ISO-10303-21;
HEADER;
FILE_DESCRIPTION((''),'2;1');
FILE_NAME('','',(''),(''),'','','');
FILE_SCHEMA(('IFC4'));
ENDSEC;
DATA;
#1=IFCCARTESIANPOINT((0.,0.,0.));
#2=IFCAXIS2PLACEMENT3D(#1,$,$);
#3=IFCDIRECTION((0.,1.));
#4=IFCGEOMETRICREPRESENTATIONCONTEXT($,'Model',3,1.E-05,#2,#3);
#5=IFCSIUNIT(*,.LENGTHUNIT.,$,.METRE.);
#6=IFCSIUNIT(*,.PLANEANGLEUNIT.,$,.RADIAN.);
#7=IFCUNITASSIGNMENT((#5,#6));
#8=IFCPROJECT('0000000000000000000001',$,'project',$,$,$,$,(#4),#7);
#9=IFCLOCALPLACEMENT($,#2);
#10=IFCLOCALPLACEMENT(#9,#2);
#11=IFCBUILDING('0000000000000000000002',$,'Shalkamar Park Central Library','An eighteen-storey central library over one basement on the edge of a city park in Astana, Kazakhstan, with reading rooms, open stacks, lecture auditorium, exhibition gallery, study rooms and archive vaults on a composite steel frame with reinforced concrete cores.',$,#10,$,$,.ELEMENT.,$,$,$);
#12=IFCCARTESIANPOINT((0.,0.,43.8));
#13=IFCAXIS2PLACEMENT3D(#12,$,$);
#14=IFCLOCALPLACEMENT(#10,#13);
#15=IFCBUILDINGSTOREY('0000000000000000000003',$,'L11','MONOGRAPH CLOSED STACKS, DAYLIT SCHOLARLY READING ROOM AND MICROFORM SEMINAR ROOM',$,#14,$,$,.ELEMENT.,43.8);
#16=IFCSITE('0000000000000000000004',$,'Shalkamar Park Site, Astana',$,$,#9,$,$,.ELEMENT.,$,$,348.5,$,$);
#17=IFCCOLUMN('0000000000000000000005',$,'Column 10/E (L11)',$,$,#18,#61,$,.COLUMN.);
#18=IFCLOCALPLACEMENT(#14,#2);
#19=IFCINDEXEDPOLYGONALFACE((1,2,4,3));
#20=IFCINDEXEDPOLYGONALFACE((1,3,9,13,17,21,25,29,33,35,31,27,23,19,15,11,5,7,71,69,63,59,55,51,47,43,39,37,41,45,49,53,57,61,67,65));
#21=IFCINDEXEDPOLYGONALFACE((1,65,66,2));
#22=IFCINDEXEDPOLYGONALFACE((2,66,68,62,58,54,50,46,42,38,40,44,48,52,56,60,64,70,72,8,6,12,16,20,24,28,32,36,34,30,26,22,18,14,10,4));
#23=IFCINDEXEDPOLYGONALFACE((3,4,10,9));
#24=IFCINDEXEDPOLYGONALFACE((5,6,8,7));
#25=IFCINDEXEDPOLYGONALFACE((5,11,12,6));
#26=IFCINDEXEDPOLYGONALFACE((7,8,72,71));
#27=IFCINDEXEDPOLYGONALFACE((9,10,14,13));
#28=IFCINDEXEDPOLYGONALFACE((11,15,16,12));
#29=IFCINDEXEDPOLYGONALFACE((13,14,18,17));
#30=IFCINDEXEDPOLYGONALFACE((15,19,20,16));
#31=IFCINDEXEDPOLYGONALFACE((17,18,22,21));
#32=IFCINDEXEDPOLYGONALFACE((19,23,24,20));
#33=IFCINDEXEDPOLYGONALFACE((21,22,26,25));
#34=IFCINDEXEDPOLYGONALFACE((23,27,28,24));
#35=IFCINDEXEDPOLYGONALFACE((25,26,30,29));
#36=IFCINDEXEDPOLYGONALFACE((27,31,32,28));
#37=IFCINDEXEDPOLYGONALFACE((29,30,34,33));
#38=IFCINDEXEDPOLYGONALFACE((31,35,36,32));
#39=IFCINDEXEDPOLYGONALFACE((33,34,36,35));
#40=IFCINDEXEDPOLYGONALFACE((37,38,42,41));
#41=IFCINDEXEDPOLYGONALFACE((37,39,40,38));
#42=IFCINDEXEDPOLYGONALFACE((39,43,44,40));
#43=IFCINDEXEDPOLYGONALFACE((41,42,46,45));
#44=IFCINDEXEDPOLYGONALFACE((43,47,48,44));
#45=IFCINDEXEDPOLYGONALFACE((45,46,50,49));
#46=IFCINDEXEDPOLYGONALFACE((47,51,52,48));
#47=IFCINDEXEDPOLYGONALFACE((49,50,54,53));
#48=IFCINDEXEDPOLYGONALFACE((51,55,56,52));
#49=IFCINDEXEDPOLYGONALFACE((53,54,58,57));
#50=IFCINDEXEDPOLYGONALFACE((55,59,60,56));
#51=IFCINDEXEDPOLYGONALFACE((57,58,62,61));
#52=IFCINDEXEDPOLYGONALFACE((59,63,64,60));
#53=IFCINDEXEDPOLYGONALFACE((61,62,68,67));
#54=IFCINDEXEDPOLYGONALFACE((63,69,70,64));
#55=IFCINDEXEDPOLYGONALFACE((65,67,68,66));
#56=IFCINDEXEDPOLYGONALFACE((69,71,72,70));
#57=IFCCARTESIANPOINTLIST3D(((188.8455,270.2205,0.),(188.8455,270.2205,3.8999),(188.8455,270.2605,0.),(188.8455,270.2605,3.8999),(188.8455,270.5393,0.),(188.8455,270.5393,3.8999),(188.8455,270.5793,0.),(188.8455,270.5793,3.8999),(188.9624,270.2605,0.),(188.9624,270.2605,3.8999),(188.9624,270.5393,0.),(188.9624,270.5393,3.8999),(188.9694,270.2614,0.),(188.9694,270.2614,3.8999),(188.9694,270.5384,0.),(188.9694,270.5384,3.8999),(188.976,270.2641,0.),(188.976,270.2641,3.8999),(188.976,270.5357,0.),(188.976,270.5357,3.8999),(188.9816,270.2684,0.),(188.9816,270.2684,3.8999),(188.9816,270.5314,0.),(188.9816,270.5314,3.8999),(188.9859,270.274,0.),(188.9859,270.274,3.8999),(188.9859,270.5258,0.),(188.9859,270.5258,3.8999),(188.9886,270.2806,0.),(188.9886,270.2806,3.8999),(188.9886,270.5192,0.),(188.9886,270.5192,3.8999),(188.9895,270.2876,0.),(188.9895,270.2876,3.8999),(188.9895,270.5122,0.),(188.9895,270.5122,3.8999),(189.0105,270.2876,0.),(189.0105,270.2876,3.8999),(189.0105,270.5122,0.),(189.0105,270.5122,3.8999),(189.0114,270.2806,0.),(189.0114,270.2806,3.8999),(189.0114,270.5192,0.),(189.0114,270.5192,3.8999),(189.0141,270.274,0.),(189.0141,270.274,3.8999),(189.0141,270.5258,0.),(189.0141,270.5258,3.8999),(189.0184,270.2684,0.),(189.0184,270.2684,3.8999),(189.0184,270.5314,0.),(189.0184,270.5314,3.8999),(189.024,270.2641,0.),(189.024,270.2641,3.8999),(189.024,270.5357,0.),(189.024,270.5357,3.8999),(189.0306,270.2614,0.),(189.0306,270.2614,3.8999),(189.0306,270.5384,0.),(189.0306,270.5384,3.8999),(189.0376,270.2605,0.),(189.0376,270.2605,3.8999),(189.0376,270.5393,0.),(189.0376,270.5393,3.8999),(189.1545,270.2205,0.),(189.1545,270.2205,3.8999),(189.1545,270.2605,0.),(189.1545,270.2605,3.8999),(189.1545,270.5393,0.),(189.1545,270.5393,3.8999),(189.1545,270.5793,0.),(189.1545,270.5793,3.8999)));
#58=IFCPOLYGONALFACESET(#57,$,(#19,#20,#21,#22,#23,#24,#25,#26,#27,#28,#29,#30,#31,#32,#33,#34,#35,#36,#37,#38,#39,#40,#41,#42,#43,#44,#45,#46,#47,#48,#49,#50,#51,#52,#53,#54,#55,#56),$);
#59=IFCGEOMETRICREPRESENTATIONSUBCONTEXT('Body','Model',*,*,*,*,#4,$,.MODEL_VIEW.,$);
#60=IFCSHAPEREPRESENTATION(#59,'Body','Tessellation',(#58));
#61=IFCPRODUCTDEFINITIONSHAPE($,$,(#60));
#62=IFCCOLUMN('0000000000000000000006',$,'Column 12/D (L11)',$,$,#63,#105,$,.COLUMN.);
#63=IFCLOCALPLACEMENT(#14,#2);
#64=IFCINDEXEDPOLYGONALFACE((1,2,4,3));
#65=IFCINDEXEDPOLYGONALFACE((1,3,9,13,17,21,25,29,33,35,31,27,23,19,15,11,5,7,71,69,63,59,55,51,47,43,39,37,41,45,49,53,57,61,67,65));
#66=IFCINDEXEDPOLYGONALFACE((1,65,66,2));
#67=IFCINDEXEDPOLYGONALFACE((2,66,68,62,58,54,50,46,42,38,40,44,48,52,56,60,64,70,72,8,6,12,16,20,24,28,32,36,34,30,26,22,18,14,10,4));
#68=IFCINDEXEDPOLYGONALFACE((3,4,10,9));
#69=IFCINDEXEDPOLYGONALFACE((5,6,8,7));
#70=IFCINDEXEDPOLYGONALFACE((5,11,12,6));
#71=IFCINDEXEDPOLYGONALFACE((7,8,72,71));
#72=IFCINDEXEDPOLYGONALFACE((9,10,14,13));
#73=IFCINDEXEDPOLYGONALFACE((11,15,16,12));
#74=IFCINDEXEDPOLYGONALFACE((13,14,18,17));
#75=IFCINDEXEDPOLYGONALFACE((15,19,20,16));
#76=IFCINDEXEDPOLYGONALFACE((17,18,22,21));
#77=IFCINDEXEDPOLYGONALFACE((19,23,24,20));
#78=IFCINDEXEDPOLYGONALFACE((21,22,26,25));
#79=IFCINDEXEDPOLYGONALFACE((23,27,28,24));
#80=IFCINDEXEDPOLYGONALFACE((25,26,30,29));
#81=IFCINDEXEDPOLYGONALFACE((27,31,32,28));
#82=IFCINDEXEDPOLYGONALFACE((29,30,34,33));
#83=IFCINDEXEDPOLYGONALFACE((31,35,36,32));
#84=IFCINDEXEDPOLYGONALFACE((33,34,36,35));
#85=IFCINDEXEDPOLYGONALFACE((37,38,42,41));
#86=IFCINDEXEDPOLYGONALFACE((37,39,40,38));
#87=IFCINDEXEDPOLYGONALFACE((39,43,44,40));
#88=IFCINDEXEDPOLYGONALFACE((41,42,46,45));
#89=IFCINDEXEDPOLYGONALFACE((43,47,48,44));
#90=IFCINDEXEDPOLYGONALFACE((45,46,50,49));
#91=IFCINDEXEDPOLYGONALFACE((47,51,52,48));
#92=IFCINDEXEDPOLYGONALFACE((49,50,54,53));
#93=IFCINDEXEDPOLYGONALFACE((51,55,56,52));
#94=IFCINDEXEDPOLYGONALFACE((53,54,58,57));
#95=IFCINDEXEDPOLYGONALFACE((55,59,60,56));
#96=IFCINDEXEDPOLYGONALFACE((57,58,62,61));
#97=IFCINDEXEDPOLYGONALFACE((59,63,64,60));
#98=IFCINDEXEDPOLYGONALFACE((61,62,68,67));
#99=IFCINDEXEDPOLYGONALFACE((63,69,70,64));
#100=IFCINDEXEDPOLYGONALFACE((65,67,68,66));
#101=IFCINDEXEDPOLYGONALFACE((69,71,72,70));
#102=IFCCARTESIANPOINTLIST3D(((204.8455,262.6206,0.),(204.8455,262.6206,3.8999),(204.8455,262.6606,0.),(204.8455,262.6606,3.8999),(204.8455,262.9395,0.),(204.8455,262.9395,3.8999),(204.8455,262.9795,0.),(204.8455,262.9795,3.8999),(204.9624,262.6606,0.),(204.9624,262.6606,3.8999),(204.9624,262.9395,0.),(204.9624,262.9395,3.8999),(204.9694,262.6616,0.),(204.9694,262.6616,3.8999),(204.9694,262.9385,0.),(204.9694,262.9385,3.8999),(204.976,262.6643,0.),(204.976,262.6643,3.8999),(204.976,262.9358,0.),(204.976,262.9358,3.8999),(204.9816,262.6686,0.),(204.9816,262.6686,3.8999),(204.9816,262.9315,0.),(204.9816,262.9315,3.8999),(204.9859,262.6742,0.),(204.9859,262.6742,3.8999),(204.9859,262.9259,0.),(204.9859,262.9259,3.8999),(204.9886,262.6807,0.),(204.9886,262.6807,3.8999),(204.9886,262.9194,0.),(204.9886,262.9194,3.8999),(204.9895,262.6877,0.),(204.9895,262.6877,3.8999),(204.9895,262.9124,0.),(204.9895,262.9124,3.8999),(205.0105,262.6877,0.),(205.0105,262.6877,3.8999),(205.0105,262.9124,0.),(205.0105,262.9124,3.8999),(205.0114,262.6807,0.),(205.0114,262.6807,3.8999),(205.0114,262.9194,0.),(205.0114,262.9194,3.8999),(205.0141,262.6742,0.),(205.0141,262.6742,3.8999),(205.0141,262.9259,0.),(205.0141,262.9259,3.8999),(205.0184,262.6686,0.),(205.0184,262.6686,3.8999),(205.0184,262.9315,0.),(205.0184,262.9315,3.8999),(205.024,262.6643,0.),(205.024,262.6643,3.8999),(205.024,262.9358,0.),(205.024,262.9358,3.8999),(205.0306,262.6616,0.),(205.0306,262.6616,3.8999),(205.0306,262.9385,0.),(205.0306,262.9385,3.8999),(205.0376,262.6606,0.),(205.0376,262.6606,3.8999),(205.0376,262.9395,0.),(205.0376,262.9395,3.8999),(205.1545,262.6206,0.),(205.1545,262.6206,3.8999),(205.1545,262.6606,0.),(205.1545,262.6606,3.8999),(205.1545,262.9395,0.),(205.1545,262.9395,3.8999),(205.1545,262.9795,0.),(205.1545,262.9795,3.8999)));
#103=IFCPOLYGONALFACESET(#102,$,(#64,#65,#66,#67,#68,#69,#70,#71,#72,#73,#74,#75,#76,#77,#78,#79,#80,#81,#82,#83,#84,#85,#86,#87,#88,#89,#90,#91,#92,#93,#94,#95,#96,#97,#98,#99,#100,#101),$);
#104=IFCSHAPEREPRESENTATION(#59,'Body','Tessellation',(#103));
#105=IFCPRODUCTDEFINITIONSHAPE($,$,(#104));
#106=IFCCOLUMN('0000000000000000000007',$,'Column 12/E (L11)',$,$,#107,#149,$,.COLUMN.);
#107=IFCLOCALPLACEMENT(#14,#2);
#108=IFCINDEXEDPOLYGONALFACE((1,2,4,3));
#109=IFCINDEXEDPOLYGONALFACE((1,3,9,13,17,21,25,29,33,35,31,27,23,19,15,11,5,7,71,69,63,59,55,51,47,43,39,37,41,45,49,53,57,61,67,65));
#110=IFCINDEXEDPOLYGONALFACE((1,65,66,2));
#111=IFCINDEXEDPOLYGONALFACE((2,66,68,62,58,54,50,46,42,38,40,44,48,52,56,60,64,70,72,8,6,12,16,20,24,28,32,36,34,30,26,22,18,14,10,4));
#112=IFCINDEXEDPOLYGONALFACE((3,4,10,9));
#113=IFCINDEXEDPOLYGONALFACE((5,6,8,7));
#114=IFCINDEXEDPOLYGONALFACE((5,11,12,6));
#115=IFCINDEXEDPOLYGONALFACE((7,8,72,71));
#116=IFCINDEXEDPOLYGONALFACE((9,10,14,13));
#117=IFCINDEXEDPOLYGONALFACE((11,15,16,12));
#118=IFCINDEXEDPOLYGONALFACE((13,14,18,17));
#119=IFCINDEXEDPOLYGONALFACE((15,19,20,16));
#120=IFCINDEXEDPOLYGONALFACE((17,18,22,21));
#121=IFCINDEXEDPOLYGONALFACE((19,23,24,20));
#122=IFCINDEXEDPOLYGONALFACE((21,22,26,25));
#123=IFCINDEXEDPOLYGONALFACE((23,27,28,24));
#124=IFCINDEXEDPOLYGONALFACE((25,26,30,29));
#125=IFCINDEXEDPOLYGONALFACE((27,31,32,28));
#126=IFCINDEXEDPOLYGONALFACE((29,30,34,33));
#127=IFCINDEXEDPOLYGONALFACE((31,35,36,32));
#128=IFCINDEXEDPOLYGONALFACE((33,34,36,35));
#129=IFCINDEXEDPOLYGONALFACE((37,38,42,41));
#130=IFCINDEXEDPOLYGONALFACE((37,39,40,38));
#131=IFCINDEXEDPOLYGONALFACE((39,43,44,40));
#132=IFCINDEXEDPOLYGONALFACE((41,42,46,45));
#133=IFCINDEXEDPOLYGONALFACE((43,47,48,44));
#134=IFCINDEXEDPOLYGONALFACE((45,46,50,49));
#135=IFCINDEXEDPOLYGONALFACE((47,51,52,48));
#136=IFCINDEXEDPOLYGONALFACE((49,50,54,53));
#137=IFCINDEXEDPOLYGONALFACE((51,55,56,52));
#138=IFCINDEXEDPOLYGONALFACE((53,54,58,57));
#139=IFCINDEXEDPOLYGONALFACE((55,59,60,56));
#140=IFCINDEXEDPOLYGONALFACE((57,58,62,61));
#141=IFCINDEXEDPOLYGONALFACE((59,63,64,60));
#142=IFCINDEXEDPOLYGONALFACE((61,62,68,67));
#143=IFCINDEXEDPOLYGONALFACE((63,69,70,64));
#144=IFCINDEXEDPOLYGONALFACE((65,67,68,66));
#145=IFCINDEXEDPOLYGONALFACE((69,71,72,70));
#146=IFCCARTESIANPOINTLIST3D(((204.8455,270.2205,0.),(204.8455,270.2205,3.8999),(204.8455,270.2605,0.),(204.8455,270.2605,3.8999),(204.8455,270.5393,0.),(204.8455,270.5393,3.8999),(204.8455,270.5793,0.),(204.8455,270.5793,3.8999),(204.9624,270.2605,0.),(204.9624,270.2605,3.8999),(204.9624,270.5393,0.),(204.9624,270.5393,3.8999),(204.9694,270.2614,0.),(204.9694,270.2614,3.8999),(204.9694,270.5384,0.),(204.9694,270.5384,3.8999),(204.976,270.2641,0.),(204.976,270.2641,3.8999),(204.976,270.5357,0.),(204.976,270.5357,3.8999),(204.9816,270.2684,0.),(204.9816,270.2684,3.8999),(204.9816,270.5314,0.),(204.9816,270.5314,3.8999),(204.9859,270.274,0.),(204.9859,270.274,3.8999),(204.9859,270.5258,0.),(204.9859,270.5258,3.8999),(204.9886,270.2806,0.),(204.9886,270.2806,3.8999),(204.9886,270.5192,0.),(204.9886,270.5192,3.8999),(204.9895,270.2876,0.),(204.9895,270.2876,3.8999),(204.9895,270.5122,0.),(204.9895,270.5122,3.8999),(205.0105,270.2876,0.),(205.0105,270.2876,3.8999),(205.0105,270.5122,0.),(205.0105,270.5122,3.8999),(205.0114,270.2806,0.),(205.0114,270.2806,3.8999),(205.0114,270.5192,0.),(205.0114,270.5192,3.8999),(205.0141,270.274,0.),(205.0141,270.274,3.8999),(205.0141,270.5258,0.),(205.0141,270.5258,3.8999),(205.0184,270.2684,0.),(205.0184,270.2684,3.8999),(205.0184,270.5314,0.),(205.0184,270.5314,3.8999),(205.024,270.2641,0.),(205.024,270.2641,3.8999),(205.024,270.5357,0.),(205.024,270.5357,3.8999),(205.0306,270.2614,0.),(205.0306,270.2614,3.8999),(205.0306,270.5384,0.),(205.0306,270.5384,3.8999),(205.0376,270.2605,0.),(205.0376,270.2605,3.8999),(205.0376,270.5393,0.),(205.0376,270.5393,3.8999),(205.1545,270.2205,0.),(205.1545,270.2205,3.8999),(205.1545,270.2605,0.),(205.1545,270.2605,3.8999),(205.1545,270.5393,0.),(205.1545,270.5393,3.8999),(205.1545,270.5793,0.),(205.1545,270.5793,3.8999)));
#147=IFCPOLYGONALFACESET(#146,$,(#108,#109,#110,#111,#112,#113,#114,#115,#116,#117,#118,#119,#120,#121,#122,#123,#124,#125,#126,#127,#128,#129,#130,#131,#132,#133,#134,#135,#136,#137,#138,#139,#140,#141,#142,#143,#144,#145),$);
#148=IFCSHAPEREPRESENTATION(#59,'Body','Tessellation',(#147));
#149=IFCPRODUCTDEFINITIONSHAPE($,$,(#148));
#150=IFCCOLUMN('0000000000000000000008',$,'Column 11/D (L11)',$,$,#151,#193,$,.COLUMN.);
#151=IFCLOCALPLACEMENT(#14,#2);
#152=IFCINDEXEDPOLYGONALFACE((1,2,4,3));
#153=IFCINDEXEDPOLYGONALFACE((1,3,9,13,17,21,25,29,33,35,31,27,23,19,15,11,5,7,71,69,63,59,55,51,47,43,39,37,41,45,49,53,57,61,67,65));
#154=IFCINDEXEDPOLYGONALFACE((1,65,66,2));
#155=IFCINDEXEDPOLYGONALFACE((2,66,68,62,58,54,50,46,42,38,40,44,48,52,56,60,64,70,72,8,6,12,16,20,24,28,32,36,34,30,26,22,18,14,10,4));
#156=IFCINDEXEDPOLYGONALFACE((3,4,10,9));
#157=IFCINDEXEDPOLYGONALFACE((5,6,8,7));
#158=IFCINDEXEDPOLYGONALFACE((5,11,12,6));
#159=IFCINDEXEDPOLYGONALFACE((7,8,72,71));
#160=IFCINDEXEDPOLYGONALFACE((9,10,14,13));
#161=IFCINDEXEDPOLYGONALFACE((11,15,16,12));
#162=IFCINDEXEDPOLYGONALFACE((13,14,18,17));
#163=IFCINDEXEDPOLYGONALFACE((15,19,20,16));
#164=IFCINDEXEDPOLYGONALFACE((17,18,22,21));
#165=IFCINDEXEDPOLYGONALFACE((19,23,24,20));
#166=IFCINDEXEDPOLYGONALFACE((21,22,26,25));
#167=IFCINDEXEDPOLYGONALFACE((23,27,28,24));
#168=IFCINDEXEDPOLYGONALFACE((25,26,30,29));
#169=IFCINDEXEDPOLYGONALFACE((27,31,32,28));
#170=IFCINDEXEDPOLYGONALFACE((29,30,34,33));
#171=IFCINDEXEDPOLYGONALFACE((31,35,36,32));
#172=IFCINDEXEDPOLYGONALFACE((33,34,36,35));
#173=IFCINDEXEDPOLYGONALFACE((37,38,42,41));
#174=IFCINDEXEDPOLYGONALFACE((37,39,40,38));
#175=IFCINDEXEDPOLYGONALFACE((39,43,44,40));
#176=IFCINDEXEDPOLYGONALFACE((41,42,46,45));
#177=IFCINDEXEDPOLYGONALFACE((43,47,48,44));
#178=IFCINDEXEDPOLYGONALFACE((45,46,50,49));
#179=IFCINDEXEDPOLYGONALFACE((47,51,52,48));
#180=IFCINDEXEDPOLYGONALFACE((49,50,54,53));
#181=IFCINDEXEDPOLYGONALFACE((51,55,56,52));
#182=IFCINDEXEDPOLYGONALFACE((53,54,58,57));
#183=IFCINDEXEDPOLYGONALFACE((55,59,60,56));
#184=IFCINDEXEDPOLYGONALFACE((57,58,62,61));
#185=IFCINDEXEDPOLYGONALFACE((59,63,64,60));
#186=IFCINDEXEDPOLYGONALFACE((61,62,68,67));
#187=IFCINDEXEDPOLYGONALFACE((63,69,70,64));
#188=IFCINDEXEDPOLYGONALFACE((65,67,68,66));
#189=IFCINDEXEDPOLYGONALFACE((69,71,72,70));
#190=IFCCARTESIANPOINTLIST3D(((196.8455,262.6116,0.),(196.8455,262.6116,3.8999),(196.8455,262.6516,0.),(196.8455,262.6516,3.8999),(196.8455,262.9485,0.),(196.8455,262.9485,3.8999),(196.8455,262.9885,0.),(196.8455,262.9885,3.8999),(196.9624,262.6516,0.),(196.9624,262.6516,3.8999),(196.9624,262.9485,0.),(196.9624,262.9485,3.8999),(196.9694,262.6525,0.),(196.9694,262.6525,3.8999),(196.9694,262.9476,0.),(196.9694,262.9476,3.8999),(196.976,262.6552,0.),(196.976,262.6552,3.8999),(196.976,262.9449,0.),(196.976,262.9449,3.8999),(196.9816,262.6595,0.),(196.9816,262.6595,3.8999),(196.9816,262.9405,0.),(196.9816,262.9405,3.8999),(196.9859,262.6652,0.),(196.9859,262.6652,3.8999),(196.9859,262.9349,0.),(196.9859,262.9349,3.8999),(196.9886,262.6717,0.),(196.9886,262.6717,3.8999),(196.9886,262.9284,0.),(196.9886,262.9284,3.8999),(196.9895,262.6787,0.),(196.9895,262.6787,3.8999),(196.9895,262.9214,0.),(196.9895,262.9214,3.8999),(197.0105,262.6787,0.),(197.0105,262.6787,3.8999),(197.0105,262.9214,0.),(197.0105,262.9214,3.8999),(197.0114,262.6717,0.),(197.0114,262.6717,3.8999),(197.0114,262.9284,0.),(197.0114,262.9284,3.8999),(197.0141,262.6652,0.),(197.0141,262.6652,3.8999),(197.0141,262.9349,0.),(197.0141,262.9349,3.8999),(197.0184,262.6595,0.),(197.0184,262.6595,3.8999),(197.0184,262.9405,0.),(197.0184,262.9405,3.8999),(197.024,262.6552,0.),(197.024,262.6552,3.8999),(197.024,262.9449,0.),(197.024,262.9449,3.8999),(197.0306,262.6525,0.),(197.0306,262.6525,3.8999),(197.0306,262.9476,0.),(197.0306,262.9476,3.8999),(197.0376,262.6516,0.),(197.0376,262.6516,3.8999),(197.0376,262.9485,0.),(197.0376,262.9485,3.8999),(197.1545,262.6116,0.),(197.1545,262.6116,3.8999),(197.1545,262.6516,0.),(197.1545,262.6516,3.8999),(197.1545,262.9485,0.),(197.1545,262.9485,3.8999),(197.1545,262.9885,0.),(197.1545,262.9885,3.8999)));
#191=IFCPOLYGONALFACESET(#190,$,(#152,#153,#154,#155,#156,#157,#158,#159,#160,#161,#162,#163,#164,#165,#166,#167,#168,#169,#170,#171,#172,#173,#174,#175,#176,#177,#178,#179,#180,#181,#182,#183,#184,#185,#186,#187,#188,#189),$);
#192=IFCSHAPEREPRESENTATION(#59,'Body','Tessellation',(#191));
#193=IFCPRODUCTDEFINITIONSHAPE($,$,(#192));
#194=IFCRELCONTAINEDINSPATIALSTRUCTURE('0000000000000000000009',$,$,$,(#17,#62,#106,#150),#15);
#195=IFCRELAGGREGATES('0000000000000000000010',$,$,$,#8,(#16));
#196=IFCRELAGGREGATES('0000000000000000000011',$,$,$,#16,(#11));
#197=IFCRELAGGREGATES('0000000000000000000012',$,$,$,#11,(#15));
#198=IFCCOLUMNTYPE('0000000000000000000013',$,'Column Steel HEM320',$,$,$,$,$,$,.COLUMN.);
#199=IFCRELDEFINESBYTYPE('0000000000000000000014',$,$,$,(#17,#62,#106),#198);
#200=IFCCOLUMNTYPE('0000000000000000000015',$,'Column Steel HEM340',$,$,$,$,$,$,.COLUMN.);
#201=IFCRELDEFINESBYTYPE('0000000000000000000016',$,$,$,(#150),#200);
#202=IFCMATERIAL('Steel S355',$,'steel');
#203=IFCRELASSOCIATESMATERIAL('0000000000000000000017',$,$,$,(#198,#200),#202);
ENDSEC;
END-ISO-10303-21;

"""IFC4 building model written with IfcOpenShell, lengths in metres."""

from ifc_helpers import new_model, si_unit, direction, frame, origin, origin_2d, place, context, subcontext, project, spatial, i_section, extrude, material, material_profile, profile_set, type_object, element, save


model = new_model("IFC4")

# Units and contexts
model_context = context("Model", 3, precision=1e-05, world=origin(), true_north=direction((0.0, 1.0)))
body_context = subcontext(model_context, "Body", "Model", "MODEL_VIEW")
ifc_project = project(units=[si_unit("LENGTHUNIT", "METRE"), si_unit("PLANEANGLEUNIT", "RADIAN")], contexts=[model_context])

# Site, building, storey
site_placement = place(None, origin())
site = spatial("IfcSite", under=ifc_project, at=site_placement, Name="Shalkamar Park Site, Astana", CompositionType="ELEMENT", RefElevation=348.5)
building_placement = place(site_placement, origin())
building = spatial("IfcBuilding", under=site, at=building_placement, Name="Shalkamar Park Central Library", Description="An eighteen-storey central library over one basement on the edge of a city park in Astana, Kazakhstan, with reading rooms, open stacks, lecture auditorium, exhibition gallery, study rooms and archive vaults on a composite steel frame with reinforced concrete cores.", CompositionType="ELEMENT")
storey_placement = place(building_placement, frame((0.0, 0.0, 43.8)))
storey = spatial("IfcBuildingStorey", under=building, at=storey_placement, Name="L11", Description="MONOGRAPH CLOSED STACKS, DAYLIT SCHOLARLY READING ROOM AND MICROFORM SEMINAR ROOM", CompositionType="ELEMENT", Elevation=43.8)

# Columns
ifc_material_1 = material(Name="Steel S355", Category="steel")
ifc_material_profile_1 = material_profile(ifc_material_1, i_section(OverallWidth=0.3091, OverallDepth=0.3589, WebThickness=0.021, FlangeThickness=0.04, FilletRadius=0.0271, at=origin_2d()), Name="HEM 320")
ifc_profile_set_1 = profile_set([ifc_material_profile_1], Name="Steel S355")
column_type_1 = type_object("IfcColumnType", Name="Column Steel HEM320", PredefinedType="COLUMN", material=ifc_profile_set_1)
for number, where, z_axis, x_axis, name in (
    (1, (189.0, 270.3999, 0.0), (0.0, 0.0, 1.0), (1.0, 0.0, 0.0), "Column 10/E (L11)"),
    (2, (205.0, 262.8, 0.0), (0.0, 0.0, 1.0), (1.0, 0.0, 0.0), "Column 12/D (L11)"),
    (3, (205.0, 270.3999, 0.0), (0.0, 0.0, 1.0), (1.0, 0.0, 0.0), "Column 12/E (L11)"),
):
    element("IfcColumn", number, at=place(storey_placement, frame(where, z_axis=z_axis, x_axis=x_axis)), inside=storey, type_object=column_type_1, Name=name, PredefinedType="COLUMN", context=body_context, shape_type="SweptSolid", body=[
        extrude(i_section(OverallWidth=0.3091, OverallDepth=0.3589, WebThickness=0.021, FlangeThickness=0.04, FilletRadius=0.0271, at=origin_2d()), origin(), (0.0, 0.0, 1.0), 3.8999),
    ])
ifc_material_profile_2 = material_profile(ifc_material_1, i_section(OverallWidth=0.3091, OverallDepth=0.377, WebThickness=0.021, FlangeThickness=0.04, FilletRadius=0.0271, at=origin_2d()), Name="HEM 340")
ifc_profile_set_2 = profile_set([ifc_material_profile_2], Name="Steel S355")
column_type_2 = type_object("IfcColumnType", Name="Column Steel HEM340", PredefinedType="COLUMN", material=ifc_profile_set_2)
for number, where, z_axis, x_axis, name in (
    (4, (197.0, 262.8, 0.0), (0.0, 0.0, 1.0), (1.0, 0.0, 0.0), "Column 11/D (L11)"),
):
    element("IfcColumn", number, at=place(storey_placement, frame(where, z_axis=z_axis, x_axis=x_axis)), inside=storey, type_object=column_type_2, Name=name, PredefinedType="COLUMN", context=body_context, shape_type="SweptSolid", body=[
        extrude(i_section(OverallWidth=0.3091, OverallDepth=0.377, WebThickness=0.021, FlangeThickness=0.04, FilletRadius=0.0271, at=origin_2d()), origin(), (0.0, 0.0, 1.0), 3.8999),
    ])

save(model, "model.ifc")
